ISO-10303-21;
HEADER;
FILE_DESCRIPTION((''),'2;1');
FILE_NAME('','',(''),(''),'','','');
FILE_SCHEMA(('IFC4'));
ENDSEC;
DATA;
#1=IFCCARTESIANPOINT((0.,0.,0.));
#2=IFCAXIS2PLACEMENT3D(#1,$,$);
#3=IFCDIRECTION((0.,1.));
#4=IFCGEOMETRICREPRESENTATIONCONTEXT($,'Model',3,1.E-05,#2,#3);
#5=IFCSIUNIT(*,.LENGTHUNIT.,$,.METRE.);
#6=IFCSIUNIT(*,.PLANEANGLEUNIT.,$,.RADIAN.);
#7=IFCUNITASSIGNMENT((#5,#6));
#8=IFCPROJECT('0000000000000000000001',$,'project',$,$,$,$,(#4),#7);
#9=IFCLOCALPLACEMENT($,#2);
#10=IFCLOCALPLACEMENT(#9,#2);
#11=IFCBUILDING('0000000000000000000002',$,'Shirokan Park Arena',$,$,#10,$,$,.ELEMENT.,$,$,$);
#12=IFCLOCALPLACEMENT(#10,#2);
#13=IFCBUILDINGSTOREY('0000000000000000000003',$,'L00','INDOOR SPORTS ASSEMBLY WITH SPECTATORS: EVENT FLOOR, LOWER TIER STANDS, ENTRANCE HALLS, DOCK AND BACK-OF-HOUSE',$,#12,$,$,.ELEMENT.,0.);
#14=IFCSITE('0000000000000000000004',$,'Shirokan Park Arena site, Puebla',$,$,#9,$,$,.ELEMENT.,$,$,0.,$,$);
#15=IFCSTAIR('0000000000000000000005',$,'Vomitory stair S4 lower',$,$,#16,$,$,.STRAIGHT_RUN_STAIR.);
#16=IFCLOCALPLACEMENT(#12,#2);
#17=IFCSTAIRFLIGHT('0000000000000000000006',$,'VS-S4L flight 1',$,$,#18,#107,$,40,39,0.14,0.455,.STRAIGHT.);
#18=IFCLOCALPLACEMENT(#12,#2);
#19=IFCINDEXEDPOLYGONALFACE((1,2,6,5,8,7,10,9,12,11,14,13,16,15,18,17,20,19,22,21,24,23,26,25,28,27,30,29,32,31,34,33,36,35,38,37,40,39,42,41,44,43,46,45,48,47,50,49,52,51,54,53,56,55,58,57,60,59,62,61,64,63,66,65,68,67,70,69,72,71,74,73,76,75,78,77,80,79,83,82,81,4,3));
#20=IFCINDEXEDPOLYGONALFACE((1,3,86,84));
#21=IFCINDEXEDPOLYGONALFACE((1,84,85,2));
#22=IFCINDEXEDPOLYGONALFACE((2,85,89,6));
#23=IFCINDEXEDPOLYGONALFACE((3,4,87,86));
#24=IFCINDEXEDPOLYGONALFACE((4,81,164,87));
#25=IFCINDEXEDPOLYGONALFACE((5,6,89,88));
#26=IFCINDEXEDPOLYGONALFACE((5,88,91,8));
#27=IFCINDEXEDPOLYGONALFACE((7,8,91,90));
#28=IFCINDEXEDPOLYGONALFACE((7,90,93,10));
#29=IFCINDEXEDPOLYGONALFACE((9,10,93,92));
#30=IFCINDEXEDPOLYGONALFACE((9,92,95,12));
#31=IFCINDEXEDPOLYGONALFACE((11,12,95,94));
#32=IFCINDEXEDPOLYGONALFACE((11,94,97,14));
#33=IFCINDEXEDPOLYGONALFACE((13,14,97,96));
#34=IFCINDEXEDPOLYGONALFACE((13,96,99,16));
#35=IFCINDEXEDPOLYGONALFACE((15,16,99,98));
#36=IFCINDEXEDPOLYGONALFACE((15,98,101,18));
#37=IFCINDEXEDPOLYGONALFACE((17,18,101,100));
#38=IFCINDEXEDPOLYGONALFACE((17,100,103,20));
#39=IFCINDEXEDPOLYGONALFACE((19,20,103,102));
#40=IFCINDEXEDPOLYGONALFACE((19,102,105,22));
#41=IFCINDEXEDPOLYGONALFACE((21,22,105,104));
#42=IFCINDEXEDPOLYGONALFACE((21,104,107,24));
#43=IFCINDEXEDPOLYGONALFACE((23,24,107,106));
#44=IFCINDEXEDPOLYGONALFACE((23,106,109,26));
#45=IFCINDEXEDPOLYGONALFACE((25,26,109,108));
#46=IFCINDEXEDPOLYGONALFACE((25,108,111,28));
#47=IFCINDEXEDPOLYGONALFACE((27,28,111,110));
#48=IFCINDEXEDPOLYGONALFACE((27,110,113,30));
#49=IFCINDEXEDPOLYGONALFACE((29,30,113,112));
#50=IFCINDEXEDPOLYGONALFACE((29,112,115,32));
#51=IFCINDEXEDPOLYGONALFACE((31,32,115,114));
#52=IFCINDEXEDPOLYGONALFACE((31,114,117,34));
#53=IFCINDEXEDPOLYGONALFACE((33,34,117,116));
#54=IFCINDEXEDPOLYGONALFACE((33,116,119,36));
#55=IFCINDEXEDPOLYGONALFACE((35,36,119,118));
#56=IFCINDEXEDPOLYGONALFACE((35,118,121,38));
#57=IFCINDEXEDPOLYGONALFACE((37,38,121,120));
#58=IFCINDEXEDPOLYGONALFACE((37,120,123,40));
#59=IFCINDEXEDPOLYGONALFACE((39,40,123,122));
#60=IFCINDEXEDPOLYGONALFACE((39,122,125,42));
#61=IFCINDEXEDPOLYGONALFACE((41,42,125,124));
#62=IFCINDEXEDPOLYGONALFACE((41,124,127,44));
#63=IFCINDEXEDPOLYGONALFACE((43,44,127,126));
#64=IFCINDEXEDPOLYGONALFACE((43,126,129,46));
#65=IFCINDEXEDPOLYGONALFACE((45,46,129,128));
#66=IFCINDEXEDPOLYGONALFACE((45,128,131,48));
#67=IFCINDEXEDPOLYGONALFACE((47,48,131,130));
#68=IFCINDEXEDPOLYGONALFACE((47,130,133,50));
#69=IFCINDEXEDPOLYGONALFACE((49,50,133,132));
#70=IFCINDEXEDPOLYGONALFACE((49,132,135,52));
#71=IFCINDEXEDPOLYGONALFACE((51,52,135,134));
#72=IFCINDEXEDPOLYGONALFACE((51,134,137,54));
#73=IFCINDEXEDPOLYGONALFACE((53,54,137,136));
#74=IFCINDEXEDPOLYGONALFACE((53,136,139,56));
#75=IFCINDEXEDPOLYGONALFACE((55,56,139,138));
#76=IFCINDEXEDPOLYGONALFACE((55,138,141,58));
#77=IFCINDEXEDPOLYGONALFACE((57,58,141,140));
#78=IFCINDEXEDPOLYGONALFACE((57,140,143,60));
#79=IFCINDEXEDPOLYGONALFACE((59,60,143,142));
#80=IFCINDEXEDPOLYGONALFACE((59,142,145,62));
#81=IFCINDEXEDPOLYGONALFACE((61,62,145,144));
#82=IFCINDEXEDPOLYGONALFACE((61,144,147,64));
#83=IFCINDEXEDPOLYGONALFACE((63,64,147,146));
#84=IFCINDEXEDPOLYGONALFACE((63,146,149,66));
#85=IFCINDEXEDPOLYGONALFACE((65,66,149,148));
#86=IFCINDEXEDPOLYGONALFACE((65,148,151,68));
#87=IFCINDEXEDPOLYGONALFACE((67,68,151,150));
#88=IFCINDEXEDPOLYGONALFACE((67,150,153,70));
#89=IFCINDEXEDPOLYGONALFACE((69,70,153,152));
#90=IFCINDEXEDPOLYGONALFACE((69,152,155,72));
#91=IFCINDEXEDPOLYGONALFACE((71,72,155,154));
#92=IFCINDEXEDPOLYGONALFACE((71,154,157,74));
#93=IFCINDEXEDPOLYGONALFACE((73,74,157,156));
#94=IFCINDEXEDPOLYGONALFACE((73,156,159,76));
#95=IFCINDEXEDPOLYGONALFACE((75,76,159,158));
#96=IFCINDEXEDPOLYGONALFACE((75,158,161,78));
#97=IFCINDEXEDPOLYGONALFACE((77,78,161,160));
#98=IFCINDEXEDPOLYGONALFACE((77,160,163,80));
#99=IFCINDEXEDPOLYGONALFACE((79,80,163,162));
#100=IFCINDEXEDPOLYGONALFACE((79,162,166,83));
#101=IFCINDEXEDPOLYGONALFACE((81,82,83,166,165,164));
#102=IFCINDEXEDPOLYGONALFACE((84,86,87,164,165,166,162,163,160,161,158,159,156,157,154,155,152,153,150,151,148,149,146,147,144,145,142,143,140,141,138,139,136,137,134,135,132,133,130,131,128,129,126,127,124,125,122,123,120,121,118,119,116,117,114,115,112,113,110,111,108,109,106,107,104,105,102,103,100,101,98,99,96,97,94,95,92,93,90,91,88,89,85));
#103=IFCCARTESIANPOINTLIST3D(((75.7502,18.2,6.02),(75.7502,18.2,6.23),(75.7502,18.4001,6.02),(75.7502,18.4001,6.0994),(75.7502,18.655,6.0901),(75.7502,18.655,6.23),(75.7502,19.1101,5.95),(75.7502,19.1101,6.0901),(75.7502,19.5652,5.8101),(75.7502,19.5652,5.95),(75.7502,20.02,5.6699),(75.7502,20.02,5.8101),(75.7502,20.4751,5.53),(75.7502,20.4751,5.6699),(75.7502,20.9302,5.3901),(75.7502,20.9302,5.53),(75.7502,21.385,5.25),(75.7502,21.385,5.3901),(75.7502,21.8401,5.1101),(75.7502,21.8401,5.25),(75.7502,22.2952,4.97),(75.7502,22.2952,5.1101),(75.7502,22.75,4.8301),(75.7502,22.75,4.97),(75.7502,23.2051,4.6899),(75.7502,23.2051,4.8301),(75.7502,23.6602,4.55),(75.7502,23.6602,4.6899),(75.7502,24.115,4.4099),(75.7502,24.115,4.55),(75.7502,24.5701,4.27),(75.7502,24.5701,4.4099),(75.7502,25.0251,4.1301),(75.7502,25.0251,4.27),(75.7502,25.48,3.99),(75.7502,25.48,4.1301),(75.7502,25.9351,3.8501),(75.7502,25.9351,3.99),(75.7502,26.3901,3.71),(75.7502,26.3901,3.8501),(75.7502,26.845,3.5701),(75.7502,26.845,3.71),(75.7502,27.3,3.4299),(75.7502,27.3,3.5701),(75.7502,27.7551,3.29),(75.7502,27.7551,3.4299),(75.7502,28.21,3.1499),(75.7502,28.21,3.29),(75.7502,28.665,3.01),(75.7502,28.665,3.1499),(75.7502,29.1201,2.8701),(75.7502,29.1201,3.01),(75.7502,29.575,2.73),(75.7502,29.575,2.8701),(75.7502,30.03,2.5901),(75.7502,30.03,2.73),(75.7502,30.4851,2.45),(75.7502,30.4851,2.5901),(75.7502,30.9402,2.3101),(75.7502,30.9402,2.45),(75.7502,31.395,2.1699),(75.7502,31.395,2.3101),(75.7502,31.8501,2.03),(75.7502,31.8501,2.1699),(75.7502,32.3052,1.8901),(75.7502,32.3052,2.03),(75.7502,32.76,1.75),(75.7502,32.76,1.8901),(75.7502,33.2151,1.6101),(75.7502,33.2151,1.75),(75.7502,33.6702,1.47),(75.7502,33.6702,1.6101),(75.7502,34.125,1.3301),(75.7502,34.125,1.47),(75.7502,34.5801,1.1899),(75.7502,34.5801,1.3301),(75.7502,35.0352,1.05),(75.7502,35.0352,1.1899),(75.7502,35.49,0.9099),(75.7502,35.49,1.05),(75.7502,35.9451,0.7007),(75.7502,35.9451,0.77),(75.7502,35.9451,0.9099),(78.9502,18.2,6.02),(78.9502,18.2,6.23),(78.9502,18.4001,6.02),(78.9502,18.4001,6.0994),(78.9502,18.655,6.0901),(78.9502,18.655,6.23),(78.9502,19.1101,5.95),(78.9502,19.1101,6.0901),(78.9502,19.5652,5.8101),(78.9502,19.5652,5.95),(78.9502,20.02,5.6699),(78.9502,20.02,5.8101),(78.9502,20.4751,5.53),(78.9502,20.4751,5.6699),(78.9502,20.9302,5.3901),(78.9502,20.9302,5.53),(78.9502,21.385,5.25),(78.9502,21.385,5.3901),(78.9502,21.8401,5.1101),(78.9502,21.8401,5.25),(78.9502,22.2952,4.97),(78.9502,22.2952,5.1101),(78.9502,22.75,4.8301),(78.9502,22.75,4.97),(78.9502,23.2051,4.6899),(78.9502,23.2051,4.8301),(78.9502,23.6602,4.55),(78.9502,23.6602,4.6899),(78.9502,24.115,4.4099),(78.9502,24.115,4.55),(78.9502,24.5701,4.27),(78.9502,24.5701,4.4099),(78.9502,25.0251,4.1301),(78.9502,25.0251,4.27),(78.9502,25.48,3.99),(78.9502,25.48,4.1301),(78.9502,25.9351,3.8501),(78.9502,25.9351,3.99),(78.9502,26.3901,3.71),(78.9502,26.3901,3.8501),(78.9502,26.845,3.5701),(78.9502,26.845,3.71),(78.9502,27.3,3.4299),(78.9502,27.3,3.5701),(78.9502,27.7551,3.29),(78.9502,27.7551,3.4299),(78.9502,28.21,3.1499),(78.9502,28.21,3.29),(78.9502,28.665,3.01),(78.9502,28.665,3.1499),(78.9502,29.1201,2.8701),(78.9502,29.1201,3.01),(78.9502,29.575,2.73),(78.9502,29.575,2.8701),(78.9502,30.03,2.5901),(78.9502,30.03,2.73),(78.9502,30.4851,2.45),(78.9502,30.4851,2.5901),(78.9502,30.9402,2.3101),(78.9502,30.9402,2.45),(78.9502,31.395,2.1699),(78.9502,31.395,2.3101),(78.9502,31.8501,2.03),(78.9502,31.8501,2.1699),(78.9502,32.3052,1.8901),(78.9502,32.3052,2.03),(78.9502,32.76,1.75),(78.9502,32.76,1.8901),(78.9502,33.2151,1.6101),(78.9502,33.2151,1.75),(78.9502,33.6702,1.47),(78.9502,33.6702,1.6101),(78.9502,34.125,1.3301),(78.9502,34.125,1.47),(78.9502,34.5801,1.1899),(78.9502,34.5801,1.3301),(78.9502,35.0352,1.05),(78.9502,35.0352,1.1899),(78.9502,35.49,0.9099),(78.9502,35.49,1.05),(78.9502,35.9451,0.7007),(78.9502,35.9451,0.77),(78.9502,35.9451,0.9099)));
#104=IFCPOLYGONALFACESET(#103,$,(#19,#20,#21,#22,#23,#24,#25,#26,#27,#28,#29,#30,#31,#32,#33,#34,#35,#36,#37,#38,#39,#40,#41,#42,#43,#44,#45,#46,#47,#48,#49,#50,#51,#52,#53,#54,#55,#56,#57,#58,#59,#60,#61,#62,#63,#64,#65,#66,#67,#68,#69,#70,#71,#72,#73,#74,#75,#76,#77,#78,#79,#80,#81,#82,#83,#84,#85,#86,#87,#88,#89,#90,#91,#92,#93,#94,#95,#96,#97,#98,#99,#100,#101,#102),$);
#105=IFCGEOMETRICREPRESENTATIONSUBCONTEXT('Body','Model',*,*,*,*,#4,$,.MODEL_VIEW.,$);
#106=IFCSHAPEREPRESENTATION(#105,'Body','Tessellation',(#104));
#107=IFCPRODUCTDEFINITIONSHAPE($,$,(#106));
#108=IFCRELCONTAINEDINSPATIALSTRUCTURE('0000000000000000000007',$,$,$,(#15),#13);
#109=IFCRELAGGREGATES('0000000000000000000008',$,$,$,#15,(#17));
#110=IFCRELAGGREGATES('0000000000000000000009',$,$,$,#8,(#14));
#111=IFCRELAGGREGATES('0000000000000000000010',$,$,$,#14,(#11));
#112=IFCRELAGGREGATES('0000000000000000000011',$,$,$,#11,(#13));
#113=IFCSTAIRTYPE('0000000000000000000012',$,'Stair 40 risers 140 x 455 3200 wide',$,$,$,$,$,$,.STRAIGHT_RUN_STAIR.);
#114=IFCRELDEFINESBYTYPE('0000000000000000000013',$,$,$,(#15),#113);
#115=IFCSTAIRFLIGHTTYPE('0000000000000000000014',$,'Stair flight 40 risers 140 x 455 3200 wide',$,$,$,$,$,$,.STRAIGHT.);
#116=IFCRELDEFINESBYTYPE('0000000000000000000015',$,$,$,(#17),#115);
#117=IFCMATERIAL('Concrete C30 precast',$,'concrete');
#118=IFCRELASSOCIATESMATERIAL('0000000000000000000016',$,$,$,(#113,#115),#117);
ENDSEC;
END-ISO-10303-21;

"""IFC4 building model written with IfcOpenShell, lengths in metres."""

from ifc_helpers import new_model, si_unit, direction, frame, origin, place, context, subcontext, project, spatial, polyline, outline, extrude, material, type_object, element, aggregate, save


model = new_model("IFC4")

# Units and contexts
model_context = context("Model", 3, precision=1e-05, world=origin(), true_north=direction((0.0, 1.0)))
body_context = subcontext(model_context, "Body", "Model", "MODEL_VIEW")
ifc_project = project(units=[si_unit("LENGTHUNIT", "METRE"), si_unit("PLANEANGLEUNIT", "RADIAN")], contexts=[model_context])

# Site, building, storey
site_placement = place(None, origin())
site = spatial("IfcSite", under=ifc_project, at=site_placement, Name="Shirokan Park Arena site, Puebla", CompositionType="ELEMENT", RefElevation=0.0)
building_placement = place(site_placement, origin())
building = spatial("IfcBuilding", under=site, at=building_placement, Name="Shirokan Park Arena", CompositionType="ELEMENT")
storey_placement = place(building_placement, origin())
storey = spatial("IfcBuildingStorey", under=building, at=storey_placement, Name="L00", Description="INDOOR SPORTS ASSEMBLY WITH SPECTATORS: EVENT FLOOR, LOWER TIER STANDS, ENTRANCE HALLS, DOCK AND BACK-OF-HOUSE", CompositionType="ELEMENT", Elevation=0.0)

# Stair, stair flight
ifc_material_1 = material(Name="Concrete C30 precast", Category="concrete")
stair_type = type_object("IfcStairType", Name="Stair 40 risers 140 x 455 3200 wide", PredefinedType="STRAIGHT_RUN_STAIR", material=ifc_material_1)
stair_flight_type = type_object("IfcStairFlightType", Name="Stair flight 40 risers 140 x 455 3200 wide", PredefinedType="STRAIGHT", material=ifc_material_1)
stair_1_placement = place(storey_placement, origin())
stair_1 = element("IfcStair", 1, at=stair_1_placement, inside=storey, type_object=stair_type, Name="Vomitory stair S4 lower", PredefinedType="STRAIGHT_RUN_STAIR")
stair_flight_1_placement = place(storey_placement, frame((77.3501, 35.9451, 0.77), z_axis=(0.0, 0.0, 1.0), x_axis=(0.0, -1.0, 0.0)))
stair_flight_1 = element("IfcStairFlight", 2, at=stair_flight_1_placement, type_object=stair_flight_type, Name="VS-S4L flight 1", NumberOfRisers=40, NumberOfTreads=39, PredefinedType="STRAIGHT", RiserHeight=0.14, TreadLength=0.455, context=body_context, shape_type="SweptSolid", body=[
    extrude(outline(polyline([(0.0, -0.0693), (0.0, 0.0), (0.0, 0.1399), (0.4551, 0.1399), (0.4551, 0.28), (0.9099, 0.28), (0.9099, 0.4199), (1.365, 0.4199), (1.365, 0.5601), (1.8201, 0.5601), (1.8201, 0.7), (2.2749, 0.7), (2.2749, 0.8401), (2.73, 0.8401), (2.73, 0.98), (3.1851, 0.98), (3.1851, 1.1201), (3.6399, 1.1201), (3.6399, 1.26), (4.095, 1.26), (4.095, 1.3999), (4.55, 1.3999), (4.55, 1.54), (5.0049, 1.54), (5.0049, 1.6799), (5.46, 1.6799), (5.46, 1.8201), (5.915, 1.8201), (5.915, 1.96), (6.3701, 1.96), (6.3701, 2.1001), (6.825, 2.1001), (6.825, 2.24), (7.28, 2.24), (7.28, 2.3799), (7.7351, 2.3799), (7.7351, 2.52), (8.1899, 2.52), (8.1899, 2.6599), (8.645, 2.6599), (8.645, 2.8), (9.1001, 2.8), (9.1001, 2.9399), (9.5549, 2.9399), (9.5549, 3.0801), (10.01, 3.0801), (10.01, 3.22), (10.4651, 3.22), (10.4651, 3.3601), (10.9199, 3.3601), (10.9199, 3.5), (11.375, 3.5), (11.375, 3.6399), (11.8301, 3.6399), (11.8301, 3.78), (12.2849, 3.78), (12.2849, 3.9199), (12.74, 3.9199), (12.74, 4.0601), (13.1951, 4.0601), (13.1951, 4.2), (13.6499, 4.2), (13.6499, 4.3401), (14.105, 4.3401), (14.105, 4.48), (14.5601, 4.48), (14.5601, 4.6201), (15.0149, 4.6201), (15.0149, 4.76), (15.47, 4.76), (15.47, 4.8999), (15.925, 4.8999), (15.925, 5.04), (16.3799, 5.04), (16.3799, 5.1799), (16.835, 5.1799), (16.835, 5.3201), (17.29, 5.3201), (17.29, 5.46), (17.7451, 5.46), (17.7451, 5.6001), (17.7451, 5.25), (17.5449, 5.25), (17.5449, 5.3293), (0.0, -0.0693)])), frame((0.0, 1.6001, 0.0), z_axis=(0.0, -1.0, 0.0), x_axis=(1.0, 0.0, 0.0)), (0.0, 0.0, 1.0), 3.2),
])
aggregate(stair_1, [stair_flight_1])

save(model, "model.ifc")
